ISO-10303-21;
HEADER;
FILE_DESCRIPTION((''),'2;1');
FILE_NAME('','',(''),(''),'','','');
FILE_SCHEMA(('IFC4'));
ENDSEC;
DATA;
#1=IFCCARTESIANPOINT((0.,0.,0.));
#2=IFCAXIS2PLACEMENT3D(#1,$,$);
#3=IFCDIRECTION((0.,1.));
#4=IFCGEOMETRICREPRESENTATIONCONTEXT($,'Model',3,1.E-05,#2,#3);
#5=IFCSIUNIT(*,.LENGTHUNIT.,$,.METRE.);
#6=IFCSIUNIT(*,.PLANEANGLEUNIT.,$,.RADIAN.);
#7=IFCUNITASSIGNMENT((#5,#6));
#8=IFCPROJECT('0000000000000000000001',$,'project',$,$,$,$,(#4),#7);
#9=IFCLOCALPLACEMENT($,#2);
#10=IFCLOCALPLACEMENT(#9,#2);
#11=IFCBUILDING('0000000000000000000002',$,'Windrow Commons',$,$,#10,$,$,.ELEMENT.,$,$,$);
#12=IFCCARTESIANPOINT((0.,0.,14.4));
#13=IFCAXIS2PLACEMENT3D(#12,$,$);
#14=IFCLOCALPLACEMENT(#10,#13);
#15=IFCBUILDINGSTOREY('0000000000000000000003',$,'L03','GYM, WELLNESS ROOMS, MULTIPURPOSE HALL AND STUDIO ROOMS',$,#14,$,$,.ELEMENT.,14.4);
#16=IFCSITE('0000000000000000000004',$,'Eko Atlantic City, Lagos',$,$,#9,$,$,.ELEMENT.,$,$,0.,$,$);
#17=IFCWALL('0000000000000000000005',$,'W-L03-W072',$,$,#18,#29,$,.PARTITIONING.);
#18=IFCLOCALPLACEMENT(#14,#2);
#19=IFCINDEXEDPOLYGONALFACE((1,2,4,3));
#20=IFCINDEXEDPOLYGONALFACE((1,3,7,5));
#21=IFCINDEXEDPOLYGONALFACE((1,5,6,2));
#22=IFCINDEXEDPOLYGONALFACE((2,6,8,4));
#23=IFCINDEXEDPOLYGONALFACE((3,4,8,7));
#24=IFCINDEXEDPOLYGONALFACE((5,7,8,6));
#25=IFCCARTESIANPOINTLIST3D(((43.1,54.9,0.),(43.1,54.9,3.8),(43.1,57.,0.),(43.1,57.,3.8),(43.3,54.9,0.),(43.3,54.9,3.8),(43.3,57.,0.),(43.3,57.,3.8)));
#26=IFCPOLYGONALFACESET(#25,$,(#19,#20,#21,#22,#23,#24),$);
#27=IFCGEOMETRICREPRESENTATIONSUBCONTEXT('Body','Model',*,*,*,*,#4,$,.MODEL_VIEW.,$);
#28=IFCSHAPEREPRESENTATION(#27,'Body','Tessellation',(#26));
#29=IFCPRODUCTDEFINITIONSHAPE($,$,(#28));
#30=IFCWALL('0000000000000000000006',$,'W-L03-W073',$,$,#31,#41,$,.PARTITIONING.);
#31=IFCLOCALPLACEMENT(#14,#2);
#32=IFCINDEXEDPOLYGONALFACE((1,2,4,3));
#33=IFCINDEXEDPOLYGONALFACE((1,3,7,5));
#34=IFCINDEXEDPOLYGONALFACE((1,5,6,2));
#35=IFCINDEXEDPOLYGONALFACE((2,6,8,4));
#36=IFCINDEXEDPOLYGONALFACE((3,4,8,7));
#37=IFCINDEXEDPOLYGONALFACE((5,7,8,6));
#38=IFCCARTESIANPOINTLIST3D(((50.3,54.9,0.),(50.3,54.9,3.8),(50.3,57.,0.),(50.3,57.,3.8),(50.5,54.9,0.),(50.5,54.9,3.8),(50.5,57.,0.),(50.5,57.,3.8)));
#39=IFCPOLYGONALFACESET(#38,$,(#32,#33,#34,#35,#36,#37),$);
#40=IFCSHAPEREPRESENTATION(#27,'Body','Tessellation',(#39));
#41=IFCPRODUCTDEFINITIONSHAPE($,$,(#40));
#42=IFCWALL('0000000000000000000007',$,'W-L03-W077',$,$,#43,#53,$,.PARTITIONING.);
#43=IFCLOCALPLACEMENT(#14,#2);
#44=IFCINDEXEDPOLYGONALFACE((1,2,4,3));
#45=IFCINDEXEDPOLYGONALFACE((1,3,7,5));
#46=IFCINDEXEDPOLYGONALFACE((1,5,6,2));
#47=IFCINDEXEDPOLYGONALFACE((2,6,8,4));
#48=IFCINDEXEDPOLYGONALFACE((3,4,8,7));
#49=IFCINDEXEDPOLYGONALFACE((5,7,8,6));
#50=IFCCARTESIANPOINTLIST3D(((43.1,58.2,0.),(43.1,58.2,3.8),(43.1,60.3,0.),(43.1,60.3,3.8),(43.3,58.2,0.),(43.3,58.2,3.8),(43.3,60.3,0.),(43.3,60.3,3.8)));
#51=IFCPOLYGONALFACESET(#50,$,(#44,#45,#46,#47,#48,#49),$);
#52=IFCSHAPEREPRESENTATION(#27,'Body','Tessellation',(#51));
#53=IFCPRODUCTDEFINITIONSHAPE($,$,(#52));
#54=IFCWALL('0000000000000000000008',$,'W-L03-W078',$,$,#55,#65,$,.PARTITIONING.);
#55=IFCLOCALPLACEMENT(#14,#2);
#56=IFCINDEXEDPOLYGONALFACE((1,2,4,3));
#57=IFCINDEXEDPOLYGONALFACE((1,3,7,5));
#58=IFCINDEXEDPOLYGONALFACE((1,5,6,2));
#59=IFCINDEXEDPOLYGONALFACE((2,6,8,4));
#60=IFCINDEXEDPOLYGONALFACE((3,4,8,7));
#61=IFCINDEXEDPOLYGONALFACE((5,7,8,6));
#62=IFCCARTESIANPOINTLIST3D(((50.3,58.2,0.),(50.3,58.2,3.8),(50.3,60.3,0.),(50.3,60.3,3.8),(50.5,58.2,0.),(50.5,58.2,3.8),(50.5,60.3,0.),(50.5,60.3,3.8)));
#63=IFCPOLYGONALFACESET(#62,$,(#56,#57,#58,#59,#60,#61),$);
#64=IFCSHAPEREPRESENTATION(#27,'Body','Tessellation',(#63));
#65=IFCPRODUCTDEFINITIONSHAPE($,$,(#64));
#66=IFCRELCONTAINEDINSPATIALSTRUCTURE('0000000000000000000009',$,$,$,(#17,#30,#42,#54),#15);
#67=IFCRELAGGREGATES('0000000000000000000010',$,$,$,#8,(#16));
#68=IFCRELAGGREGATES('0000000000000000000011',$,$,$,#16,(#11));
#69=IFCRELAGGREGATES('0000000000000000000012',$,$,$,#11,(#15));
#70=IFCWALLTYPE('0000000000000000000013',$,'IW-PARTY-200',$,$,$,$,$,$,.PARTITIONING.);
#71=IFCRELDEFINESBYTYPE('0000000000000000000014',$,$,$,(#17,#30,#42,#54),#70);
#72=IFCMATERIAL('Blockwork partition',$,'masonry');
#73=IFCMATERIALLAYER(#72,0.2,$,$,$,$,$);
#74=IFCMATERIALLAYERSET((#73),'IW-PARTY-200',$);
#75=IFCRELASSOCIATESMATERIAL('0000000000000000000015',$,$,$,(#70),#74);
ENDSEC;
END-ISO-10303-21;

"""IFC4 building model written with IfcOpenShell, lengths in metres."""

from ifc_helpers import new_model, si_unit, direction, frame, frame_2d, origin, place, context, subcontext, project, spatial, rectangle, extrude, material, layer, layer_set, type_object, element, save


model = new_model("IFC4")

# Units and contexts
model_context = context("Model", 3, precision=1e-05, world=origin(), true_north=direction((0.0, 1.0)))
body_context = subcontext(model_context, "Body", "Model", "MODEL_VIEW")
ifc_project = project(units=[si_unit("LENGTHUNIT", "METRE"), si_unit("PLANEANGLEUNIT", "RADIAN")], contexts=[model_context])

# Site, building, storey
site_placement = place(None, origin())
site = spatial("IfcSite", under=ifc_project, at=site_placement, Name="Eko Atlantic City, Lagos", CompositionType="ELEMENT", RefElevation=0.0)
building_placement = place(site_placement, origin())
building = spatial("IfcBuilding", under=site, at=building_placement, Name="Windrow Commons", CompositionType="ELEMENT")
storey_placement = place(building_placement, frame((0.0, 0.0, 14.4)))
storey = spatial("IfcBuildingStorey", under=building, at=storey_placement, Name="L03", Description="GYM, WELLNESS ROOMS, MULTIPURPOSE HALL AND STUDIO ROOMS", CompositionType="ELEMENT", Elevation=14.4)

# Walls
ifc_material_1 = material(Name="Blockwork partition", Category="masonry")
ifc_layer_1 = layer(ifc_material_1, 0.2)
ifc_layer_set_1 = layer_set([ifc_layer_1], Name="IW-PARTY-200")
wall_type_1 = type_object("IfcWallType", Name="IW-PARTY-200", PredefinedType="PARTITIONING", material=ifc_layer_set_1)
for number, where, z_axis, x_axis, name in (
    (1, (43.2, 54.9, 0.0), (0.0, 0.0, 1.0), (0.0, 1.0, 0.0), "W-L03-W072"),
    (2, (50.4, 54.9, 0.0), (0.0, 0.0, 1.0), (0.0, 1.0, 0.0), "W-L03-W073"),
    (3, (43.2, 58.2, 0.0), (0.0, 0.0, 1.0), (0.0, 1.0, 0.0), "W-L03-W077"),
    (4, (50.4, 58.2, 0.0), (0.0, 0.0, 1.0), (0.0, 1.0, 0.0), "W-L03-W078"),
):
    element("IfcWall", number, at=place(storey_placement, frame(where, z_axis=z_axis, x_axis=x_axis)), inside=storey, type_object=wall_type_1, Name=name, PredefinedType="PARTITIONING", context=body_context, shape_type="SweptSolid", body=[
        extrude(rectangle(XDim=2.1, YDim=0.2, at=frame_2d((1.05, 0.0))), origin(), (0.0, 0.0, 1.0), 3.8),
    ])

save(model, "model.ifc")
